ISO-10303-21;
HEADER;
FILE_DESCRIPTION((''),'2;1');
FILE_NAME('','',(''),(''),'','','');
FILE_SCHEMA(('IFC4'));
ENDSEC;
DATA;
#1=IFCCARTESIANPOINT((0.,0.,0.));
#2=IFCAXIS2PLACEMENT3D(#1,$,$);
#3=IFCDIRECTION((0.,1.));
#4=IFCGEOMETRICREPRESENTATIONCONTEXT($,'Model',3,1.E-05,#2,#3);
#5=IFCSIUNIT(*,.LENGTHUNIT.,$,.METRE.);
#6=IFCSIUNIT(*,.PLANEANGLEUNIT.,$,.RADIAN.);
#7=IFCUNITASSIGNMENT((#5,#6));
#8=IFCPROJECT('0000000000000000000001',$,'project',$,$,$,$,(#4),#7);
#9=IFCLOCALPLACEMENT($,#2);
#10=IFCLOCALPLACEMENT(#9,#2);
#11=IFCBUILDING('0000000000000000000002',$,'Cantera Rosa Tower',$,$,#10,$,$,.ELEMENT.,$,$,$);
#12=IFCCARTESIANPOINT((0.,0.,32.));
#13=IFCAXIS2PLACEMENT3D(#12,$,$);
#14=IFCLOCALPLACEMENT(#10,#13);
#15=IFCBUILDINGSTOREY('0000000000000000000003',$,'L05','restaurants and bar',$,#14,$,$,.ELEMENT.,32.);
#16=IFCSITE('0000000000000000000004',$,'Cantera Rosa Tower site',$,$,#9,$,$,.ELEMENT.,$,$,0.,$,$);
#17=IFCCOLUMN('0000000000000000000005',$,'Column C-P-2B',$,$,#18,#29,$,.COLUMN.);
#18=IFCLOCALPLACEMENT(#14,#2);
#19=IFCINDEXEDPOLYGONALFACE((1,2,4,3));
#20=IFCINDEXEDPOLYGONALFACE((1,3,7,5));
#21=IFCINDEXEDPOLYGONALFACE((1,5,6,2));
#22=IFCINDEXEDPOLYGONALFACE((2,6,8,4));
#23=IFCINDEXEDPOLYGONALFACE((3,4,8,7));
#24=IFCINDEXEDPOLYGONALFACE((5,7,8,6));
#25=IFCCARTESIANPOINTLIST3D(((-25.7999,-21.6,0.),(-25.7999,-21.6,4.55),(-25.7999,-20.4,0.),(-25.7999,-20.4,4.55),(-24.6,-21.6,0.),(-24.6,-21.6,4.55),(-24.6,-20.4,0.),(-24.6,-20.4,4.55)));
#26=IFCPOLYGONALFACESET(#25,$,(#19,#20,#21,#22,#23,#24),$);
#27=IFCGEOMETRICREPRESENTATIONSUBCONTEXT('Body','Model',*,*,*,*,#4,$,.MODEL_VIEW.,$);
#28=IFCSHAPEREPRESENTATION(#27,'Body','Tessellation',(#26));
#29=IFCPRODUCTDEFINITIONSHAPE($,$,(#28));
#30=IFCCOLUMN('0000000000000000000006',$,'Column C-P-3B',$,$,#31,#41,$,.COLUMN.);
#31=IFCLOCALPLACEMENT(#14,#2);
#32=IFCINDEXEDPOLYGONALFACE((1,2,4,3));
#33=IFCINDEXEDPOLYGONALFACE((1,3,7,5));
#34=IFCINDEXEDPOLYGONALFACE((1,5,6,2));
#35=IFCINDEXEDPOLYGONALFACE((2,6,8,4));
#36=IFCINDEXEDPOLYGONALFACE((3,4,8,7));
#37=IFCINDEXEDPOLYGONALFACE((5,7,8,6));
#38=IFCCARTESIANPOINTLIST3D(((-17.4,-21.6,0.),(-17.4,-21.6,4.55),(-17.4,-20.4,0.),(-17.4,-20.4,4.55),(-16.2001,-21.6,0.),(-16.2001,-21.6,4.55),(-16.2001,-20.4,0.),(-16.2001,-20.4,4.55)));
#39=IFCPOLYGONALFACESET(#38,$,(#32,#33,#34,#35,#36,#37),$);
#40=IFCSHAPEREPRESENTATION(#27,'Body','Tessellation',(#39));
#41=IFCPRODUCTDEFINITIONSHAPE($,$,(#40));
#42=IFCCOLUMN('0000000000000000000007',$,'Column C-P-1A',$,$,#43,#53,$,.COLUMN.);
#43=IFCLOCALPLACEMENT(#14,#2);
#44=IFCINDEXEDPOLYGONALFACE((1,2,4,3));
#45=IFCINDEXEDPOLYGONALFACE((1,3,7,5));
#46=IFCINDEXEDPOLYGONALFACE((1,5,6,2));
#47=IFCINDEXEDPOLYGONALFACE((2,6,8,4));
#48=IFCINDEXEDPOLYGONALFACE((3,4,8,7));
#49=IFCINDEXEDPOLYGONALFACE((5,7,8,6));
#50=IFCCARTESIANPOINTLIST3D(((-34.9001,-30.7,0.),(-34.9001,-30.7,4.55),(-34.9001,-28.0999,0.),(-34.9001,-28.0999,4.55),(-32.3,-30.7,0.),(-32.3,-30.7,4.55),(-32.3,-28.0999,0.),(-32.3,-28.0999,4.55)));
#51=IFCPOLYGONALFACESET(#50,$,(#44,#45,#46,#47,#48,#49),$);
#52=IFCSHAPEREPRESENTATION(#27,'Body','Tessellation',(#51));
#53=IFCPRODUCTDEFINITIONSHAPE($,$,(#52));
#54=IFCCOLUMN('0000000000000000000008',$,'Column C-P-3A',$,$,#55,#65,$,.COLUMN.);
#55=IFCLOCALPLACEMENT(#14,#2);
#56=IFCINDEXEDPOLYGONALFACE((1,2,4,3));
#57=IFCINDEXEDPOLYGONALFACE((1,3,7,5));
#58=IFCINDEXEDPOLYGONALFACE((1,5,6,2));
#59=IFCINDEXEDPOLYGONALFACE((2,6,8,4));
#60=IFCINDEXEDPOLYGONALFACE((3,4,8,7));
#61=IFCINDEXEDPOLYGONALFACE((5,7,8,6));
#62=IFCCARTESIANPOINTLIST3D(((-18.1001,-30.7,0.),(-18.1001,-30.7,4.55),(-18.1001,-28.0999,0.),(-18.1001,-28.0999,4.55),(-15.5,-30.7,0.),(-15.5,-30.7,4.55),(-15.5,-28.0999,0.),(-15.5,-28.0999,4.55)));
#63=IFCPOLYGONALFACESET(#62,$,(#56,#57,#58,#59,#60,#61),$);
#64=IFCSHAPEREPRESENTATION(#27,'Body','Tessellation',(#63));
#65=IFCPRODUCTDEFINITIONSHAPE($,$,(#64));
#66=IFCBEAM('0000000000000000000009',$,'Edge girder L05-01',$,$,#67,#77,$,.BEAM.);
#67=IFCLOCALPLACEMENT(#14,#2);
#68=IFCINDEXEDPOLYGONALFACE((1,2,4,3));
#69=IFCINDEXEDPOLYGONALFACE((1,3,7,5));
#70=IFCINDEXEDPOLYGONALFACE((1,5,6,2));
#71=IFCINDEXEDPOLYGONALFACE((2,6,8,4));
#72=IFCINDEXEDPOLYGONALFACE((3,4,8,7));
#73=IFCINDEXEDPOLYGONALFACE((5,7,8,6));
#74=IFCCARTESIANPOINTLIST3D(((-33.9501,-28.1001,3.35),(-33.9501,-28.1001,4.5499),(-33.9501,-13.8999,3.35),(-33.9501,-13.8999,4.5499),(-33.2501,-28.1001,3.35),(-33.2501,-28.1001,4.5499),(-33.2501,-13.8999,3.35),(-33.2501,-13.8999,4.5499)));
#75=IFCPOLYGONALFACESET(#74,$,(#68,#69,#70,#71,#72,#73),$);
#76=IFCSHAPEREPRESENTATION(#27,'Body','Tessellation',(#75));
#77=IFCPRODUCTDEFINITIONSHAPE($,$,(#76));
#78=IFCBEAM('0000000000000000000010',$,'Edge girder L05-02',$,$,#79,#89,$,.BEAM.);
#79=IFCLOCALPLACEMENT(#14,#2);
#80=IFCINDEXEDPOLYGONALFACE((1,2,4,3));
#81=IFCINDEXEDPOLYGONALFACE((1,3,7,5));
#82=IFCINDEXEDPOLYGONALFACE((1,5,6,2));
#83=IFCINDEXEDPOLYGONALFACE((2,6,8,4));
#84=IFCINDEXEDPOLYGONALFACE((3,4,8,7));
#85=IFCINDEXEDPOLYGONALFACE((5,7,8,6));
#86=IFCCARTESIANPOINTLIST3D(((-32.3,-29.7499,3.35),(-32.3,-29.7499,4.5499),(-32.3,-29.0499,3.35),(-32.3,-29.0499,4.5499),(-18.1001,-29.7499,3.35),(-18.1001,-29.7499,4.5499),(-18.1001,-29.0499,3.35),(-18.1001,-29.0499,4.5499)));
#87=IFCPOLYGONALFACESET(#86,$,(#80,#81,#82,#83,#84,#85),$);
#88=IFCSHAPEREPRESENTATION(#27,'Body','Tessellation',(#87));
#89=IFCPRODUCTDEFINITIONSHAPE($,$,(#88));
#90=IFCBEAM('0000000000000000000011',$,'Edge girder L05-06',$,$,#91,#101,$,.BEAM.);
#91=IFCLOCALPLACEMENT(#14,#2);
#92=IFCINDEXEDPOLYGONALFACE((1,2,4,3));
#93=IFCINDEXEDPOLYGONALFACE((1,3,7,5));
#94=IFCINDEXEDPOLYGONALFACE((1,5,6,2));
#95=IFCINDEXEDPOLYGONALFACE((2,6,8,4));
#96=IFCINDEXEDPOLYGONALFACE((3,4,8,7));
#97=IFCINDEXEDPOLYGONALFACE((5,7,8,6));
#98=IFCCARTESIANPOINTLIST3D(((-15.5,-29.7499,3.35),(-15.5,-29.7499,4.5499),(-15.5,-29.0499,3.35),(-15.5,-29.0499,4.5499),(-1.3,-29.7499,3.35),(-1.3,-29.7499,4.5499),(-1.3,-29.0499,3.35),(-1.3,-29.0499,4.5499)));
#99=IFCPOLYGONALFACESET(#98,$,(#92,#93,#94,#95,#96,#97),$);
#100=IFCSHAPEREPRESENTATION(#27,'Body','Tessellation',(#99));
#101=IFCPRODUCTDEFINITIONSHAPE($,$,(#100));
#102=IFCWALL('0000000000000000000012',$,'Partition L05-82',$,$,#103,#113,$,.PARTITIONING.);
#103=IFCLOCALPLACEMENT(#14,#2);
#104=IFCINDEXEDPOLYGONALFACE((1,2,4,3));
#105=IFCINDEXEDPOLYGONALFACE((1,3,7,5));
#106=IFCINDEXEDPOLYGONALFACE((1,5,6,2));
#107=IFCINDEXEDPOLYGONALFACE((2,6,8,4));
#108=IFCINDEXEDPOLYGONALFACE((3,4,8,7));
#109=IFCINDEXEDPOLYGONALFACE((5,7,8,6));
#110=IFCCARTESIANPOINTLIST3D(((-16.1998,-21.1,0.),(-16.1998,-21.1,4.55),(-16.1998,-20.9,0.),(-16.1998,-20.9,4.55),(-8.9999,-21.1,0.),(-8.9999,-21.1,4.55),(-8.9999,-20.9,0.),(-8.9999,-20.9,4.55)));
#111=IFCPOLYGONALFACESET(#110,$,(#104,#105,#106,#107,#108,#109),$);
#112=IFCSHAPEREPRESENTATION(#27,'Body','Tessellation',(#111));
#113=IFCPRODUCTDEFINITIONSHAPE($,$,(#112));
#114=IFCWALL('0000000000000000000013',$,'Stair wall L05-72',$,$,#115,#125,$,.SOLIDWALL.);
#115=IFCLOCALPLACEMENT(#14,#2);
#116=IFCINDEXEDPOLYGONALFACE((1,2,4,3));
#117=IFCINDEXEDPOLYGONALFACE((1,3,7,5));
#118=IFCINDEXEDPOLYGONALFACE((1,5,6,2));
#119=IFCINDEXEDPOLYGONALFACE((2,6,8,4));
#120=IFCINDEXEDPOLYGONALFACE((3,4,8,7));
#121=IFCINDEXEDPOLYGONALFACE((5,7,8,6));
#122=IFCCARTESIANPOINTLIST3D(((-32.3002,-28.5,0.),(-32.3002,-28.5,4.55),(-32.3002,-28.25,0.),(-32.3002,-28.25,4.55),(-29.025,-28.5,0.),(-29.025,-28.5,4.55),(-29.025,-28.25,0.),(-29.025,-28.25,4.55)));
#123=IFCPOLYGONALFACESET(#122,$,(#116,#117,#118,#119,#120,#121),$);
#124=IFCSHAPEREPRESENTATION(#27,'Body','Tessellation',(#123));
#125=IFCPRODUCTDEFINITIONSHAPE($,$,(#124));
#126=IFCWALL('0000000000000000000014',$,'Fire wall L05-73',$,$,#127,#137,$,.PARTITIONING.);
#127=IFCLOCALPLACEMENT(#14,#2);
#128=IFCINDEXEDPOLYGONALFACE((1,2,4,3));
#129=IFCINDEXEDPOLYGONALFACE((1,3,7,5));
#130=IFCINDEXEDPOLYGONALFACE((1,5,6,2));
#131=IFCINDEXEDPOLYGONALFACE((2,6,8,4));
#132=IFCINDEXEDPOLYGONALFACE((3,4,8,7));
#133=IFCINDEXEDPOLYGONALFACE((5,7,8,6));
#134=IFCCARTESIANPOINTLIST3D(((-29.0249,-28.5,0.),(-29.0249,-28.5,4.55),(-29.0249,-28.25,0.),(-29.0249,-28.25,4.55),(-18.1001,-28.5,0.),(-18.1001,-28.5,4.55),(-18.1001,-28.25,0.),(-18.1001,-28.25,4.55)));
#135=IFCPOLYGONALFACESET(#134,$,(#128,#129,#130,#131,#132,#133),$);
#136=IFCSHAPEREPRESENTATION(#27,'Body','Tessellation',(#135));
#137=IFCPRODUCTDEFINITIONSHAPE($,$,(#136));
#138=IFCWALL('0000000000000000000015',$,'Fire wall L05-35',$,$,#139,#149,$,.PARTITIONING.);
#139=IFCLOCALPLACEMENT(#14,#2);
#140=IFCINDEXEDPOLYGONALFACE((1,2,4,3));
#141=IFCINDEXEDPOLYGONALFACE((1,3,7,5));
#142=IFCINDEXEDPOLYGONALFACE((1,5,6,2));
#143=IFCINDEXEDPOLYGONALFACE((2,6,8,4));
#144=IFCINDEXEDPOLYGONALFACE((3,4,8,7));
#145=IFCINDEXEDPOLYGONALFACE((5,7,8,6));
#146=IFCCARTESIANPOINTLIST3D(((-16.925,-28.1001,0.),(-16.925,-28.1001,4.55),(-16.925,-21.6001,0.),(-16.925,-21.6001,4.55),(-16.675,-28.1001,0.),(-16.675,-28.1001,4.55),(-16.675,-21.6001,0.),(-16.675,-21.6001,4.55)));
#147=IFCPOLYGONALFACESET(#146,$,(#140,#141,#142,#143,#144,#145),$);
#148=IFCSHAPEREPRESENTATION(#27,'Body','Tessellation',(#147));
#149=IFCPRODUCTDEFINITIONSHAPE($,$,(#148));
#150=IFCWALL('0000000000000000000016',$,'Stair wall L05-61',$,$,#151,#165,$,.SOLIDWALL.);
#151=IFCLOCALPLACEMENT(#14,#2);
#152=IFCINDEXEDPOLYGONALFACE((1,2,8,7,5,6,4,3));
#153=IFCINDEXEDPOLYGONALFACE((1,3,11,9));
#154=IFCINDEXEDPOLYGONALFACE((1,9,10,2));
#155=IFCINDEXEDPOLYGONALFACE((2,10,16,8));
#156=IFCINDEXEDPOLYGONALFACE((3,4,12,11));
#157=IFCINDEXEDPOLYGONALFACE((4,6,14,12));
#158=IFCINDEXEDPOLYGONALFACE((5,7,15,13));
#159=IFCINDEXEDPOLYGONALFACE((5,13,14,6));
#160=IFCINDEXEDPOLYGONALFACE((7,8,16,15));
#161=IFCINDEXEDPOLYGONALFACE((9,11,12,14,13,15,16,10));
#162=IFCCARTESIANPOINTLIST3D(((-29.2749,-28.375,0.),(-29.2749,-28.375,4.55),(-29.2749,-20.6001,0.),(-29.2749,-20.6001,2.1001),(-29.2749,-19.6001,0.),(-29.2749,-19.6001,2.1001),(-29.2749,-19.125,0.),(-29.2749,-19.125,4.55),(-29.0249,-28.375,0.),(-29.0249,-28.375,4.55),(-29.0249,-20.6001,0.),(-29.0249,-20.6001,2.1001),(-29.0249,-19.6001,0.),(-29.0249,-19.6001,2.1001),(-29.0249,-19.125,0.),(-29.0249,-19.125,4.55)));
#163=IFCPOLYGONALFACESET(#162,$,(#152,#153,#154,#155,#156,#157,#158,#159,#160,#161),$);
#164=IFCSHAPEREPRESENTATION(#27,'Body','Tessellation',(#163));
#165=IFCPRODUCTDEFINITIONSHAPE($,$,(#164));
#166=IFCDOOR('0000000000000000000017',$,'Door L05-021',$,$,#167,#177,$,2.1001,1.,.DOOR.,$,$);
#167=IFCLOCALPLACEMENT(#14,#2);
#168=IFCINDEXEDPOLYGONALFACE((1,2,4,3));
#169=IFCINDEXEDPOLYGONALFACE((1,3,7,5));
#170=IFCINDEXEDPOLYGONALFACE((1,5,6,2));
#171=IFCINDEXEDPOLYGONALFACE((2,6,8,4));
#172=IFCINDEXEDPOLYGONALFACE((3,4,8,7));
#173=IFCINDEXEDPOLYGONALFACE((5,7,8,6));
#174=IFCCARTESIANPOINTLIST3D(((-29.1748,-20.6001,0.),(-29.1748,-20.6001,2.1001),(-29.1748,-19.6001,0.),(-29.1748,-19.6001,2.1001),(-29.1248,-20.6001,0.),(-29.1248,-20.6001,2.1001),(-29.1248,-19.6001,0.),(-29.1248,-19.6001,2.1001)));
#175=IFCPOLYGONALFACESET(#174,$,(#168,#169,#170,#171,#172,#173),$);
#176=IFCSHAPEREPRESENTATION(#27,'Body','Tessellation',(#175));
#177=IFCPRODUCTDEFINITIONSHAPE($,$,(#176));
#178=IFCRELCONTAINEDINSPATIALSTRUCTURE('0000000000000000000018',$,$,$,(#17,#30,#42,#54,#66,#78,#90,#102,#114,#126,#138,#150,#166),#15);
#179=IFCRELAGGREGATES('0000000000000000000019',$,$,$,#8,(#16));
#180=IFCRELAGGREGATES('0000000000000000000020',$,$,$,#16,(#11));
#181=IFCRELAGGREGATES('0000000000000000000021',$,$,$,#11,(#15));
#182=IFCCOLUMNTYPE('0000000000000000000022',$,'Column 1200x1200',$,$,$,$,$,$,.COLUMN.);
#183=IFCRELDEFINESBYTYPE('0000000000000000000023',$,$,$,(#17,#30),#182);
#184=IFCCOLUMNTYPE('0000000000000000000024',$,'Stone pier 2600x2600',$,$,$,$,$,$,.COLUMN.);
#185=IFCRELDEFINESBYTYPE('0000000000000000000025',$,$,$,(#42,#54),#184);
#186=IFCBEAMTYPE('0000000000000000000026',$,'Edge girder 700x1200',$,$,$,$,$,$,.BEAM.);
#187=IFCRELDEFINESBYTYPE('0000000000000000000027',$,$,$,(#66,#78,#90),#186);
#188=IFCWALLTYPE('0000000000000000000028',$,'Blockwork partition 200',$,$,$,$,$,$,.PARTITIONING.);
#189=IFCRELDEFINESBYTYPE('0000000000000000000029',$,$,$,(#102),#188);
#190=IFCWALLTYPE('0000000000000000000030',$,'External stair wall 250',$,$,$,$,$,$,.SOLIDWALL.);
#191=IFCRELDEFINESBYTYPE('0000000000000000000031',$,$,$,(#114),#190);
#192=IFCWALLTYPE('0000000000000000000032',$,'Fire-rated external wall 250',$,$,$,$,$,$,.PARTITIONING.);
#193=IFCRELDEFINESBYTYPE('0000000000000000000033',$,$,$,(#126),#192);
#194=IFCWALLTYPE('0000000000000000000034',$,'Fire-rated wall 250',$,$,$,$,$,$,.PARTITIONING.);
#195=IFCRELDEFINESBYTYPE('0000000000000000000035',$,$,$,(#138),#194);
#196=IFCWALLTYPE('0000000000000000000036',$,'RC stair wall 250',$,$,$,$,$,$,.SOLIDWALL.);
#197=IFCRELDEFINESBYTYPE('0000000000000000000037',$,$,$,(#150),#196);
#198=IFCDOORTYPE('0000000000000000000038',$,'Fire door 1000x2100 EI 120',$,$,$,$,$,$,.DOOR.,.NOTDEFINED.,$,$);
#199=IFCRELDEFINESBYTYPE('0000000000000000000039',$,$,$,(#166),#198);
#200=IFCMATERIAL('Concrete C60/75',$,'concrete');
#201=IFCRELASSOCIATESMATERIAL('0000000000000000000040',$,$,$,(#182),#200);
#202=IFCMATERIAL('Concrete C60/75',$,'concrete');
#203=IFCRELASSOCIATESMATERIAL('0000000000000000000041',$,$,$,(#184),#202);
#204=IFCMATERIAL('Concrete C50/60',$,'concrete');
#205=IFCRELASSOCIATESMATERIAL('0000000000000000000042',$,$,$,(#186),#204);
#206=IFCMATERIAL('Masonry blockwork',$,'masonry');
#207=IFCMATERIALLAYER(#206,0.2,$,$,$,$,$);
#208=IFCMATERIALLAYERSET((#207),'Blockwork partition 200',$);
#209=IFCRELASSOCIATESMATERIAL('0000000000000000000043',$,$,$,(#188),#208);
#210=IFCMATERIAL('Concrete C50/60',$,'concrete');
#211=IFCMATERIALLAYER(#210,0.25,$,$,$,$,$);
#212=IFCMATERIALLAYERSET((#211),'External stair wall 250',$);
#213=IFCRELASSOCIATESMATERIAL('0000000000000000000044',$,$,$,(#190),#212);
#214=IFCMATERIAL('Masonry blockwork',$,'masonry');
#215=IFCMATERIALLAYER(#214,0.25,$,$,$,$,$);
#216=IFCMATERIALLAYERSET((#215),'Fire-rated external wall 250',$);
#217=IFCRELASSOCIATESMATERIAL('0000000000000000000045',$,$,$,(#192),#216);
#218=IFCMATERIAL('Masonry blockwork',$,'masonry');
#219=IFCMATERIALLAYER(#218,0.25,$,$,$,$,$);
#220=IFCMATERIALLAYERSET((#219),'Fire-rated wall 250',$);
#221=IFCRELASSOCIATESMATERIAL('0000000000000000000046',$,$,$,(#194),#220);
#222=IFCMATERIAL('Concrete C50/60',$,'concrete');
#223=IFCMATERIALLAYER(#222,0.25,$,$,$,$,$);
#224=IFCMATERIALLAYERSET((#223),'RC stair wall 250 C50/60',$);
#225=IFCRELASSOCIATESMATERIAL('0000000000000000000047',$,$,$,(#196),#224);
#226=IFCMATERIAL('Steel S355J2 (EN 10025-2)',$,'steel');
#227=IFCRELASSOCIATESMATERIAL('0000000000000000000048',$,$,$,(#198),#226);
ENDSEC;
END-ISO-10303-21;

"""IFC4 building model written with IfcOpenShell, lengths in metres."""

from ifc_helpers import new_model, si_unit, direction, frame, frame_2d, origin, origin_2d, place, context, subcontext, project, spatial, rectangle, extrude, material, layer, layer_set, material_profile, profile_set, type_object, element, fill, save


model = new_model("IFC4")

# Units and contexts
model_context = context("Model", 3, precision=1e-05, world=origin(), true_north=direction((0.0, 1.0)))
body_context = subcontext(model_context, "Body", "Model", "MODEL_VIEW")
ifc_project = project(units=[si_unit("LENGTHUNIT", "METRE"), si_unit("PLANEANGLEUNIT", "RADIAN")], contexts=[model_context])

# Site, building, storey
site_placement = place(None, origin())
site = spatial("IfcSite", under=ifc_project, at=site_placement, Name="Cantera Rosa Tower site", CompositionType="ELEMENT", RefElevation=0.0)
building_placement = place(site_placement, origin())
building = spatial("IfcBuilding", under=site, at=building_placement, Name="Cantera Rosa Tower", CompositionType="ELEMENT")
storey_placement = place(building_placement, frame((0.0, 0.0, 32.0)))
storey = spatial("IfcBuildingStorey", under=building, at=storey_placement, Name="L05", Description="restaurants and bar", CompositionType="ELEMENT", Elevation=32.0)

# Columns
ifc_material_1 = material(Name="Concrete C60/75", Category="concrete")
ifc_material_profile_1 = material_profile(ifc_material_1, rectangle(XDim=1.2, YDim=1.2, at=origin_2d()), Name="Column 1200x1200")
ifc_profile_set_1 = profile_set([ifc_material_profile_1], Name="Concrete C60/75")
column_type_1 = type_object("IfcColumnType", Name="Column 1200x1200", PredefinedType="COLUMN", material=ifc_profile_set_1)
for number, where, z_axis, x_axis, name in (
    (1, (-25.2, -21.0, 0.0), (0.0, 0.0, 1.0), (1.0, 0.0, 0.0), "Column C-P-2B"),
    (2, (-16.8, -21.0, 0.0), (0.0, 0.0, 1.0), (1.0, 0.0, 0.0), "Column C-P-3B"),
):
    element("IfcColumn", number, at=place(storey_placement, frame(where, z_axis=z_axis, x_axis=x_axis)), inside=storey, type_object=column_type_1, Name=name, PredefinedType="COLUMN", context=body_context, shape_type="SweptSolid", body=[
        extrude(rectangle(XDim=1.2, YDim=1.2, at=origin_2d()), origin(), (0.0, 0.0, 1.0), 4.55),
    ])
ifc_material_2 = material(Name="Concrete C60/75", Category="concrete")
ifc_material_profile_2 = material_profile(ifc_material_2, rectangle(XDim=2.6001, YDim=2.6001, at=origin_2d()), Name="Stone pier 2600x2600")
ifc_profile_set_2 = profile_set([ifc_material_profile_2], Name="Concrete C60/75")
column_type_2 = type_object("IfcColumnType", Name="Stone pier 2600x2600", PredefinedType="COLUMN", material=ifc_profile_set_2)
for number, where, z_axis, x_axis, name in (
    (3, (-33.6001, -29.3999, 0.0), (0.0, 0.0, 1.0), (1.0, 0.0, 0.0), "Column C-P-1A"),
    (4, (-16.8, -29.3999, 0.0), (0.0, 0.0, 1.0), (1.0, 0.0, 0.0), "Column C-P-3A"),
):
    element("IfcColumn", number, at=place(storey_placement, frame(where, z_axis=z_axis, x_axis=x_axis)), inside=storey, type_object=column_type_2, Name=name, PredefinedType="COLUMN", context=body_context, shape_type="SweptSolid", body=[
        extrude(rectangle(XDim=2.6001, YDim=2.6001, at=origin_2d()), origin(), (0.0, 0.0, 1.0), 4.55),
    ])

# Beams
ifc_material_3 = material(Name="Concrete C50/60", Category="concrete")
ifc_material_profile_3 = material_profile(ifc_material_3, rectangle(XDim=0.7, YDim=1.2, at=origin_2d()), Name="Edge girder 700x1200")
ifc_profile_set_3 = profile_set([ifc_material_profile_3], Name="Concrete C50/60")
beam_type = type_object("IfcBeamType", Name="Edge girder 700x1200", PredefinedType="BEAM", material=ifc_profile_set_3)
beam_placement = place(storey_placement, frame((-33.6001, -28.1001, 3.95), z_axis=(0.0, 1.0, 0.0), x_axis=(-1.0, 0.0, 0.0)))
element("IfcBeam", 5, at=beam_placement, inside=storey, type_object=beam_type, Name="Edge girder L05-01", PredefinedType="BEAM", context=body_context, shape_type="SweptSolid", body=[
    extrude(rectangle(XDim=0.7, YDim=1.2, at=origin_2d()), origin(), (0.0, 0.0, 1.0), 14.2002),
])
for number, where, z_axis, x_axis, name in (
    (6, (-32.3, -29.3999, 3.95), (1.0, 0.0, 0.0), (0.0, 1.0, 0.0), "Edge girder L05-02"),
    (7, (-15.5, -29.3999, 3.95), (1.0, 0.0, 0.0), (0.0, 1.0, 0.0), "Edge girder L05-06"),
):
    element("IfcBeam", number, at=place(storey_placement, frame(where, z_axis=z_axis, x_axis=x_axis)), inside=storey, type_object=beam_type, Name=name, PredefinedType="BEAM", context=body_context, shape_type="SweptSolid", body=[
        extrude(rectangle(XDim=0.7, YDim=1.2, at=origin_2d()), origin(), (0.0, 0.0, 1.0), 14.2),
    ])

# Walls
ifc_material_4 = material(Name="Masonry blockwork", Category="masonry")
ifc_layer_1 = layer(ifc_material_4, 0.2)
ifc_layer_set_1 = layer_set([ifc_layer_1], Name="Blockwork partition 200")
wall_type_1 = type_object("IfcWallType", Name="Blockwork partition 200", PredefinedType="PARTITIONING", material=ifc_layer_set_1)
wall_1_placement = place(storey_placement, frame((-16.2, -21.0, 0.0), z_axis=(0.0, 0.0, 1.0), x_axis=(1.0, 0.0, 0.0)))
element("IfcWall", 8, at=wall_1_placement, inside=storey, type_object=wall_type_1, Name="Partition L05-82", PredefinedType="PARTITIONING", context=body_context, shape_type="SweptSolid", body=[
    extrude(rectangle(XDim=7.2, YDim=0.2, at=frame_2d((3.6001, 0.0))), origin(), (0.0, 0.0, 1.0), 4.55),
])
ifc_material_5 = material(Name="Concrete C50/60", Category="concrete")
ifc_layer_2 = layer(ifc_material_5, 0.25)
ifc_layer_set_2 = layer_set([ifc_layer_2], Name="External stair wall 250")
wall_type_2 = type_object("IfcWallType", Name="External stair wall 250", PredefinedType="SOLIDWALL", material=ifc_layer_set_2)
wall_2_placement = place(storey_placement, frame((-29.0249, -28.375, 0.0), z_axis=(0.0, 0.0, 1.0), x_axis=(-1.0, 0.0, 0.0)))
element("IfcWall", 9, at=wall_2_placement, inside=storey, type_object=wall_type_2, Name="Stair wall L05-72", PredefinedType="SOLIDWALL", context=body_context, shape_type="SweptSolid", body=[
    extrude(rectangle(XDim=3.2751, YDim=0.25, at=frame_2d((1.6377, 0.0))), origin(), (0.0, 0.0, 1.0), 4.55),
])
ifc_material_6 = material(Name="Masonry blockwork", Category="masonry")
ifc_layer_3 = layer(ifc_material_6, 0.25)
ifc_layer_set_3 = layer_set([ifc_layer_3], Name="Fire-rated external wall 250")
wall_type_3 = type_object("IfcWallType", Name="Fire-rated external wall 250", PredefinedType="PARTITIONING", material=ifc_layer_set_3)
wall_3_placement = place(storey_placement, frame((-29.0249, -28.375, 0.0), z_axis=(0.0, 0.0, 1.0), x_axis=(1.0, 0.0, 0.0)))
element("IfcWall", 10, at=wall_3_placement, inside=storey, type_object=wall_type_3, Name="Fire wall L05-73", PredefinedType="PARTITIONING", context=body_context, shape_type="SweptSolid", body=[
    extrude(rectangle(XDim=10.9248, YDim=0.25, at=frame_2d((5.4624, 0.0))), origin(), (0.0, 0.0, 1.0), 4.55),
])
ifc_material_7 = material(Name="Masonry blockwork", Category="masonry")
ifc_layer_4 = layer(ifc_material_7, 0.25)
ifc_layer_set_4 = layer_set([ifc_layer_4], Name="Fire-rated wall 250")
wall_type_4 = type_object("IfcWallType", Name="Fire-rated wall 250", PredefinedType="PARTITIONING", material=ifc_layer_set_4)
wall_4_placement = place(storey_placement, frame((-16.8, -28.1001, 0.0), z_axis=(0.0, 0.0, 1.0), x_axis=(0.0, 1.0, 0.0)))
element("IfcWall", 11, at=wall_4_placement, inside=storey, type_object=wall_type_4, Name="Fire wall L05-35", PredefinedType="PARTITIONING", context=body_context, shape_type="SweptSolid", body=[
    extrude(rectangle(XDim=6.5, YDim=0.25, at=frame_2d((3.25, 0.0))), origin(), (0.0, 0.0, 1.0), 4.55),
])

# Wall, opening, door
ifc_material_8 = material(Name="Concrete C50/60", Category="concrete")
ifc_layer_5 = layer(ifc_material_8, 0.25)
ifc_layer_set_5 = layer_set([ifc_layer_5], Name="RC stair wall 250 C50/60")
wall_type_5 = type_object("IfcWallType", Name="RC stair wall 250", PredefinedType="SOLIDWALL", material=ifc_layer_set_5)
wall_5_placement = place(storey_placement, frame((-29.1499, -28.375, 0.0), z_axis=(0.0, 0.0, 1.0), x_axis=(0.0, 1.0, 0.0)))
wall_5 = element("IfcWall", 12, at=wall_5_placement, inside=storey, type_object=wall_type_5, Name="Stair wall L05-61", PredefinedType="SOLIDWALL", context=body_context, shape_type="SweptSolid", body=[
    extrude(rectangle(XDim=9.25, YDim=0.25, at=frame_2d((4.625, 0.0))), origin(), (0.0, 0.0, 1.0), 4.55),
])
opening_1_placement = place(wall_5_placement, frame((7.7749, 0.0, 0.0)))
opening_1 = element("IfcOpeningElement", 13, at=opening_1_placement, cuts=wall_5, PredefinedType="OPENING", context=body_context, shape_type="SweptSolid", body=[
    extrude(rectangle(XDim=1.0, YDim=2.1001, at=frame_2d((0.5, 1.05))), frame((0.0, 0.135, 0.0), z_axis=(0.0, -1.0, 0.0), x_axis=(1.0, 0.0, 0.0)), (0.0, 0.0, 1.0), 0.27),
])
ifc_material_9 = material(Name="Steel S355J2 (EN 10025-2)", Category="steel")
door_type = type_object("IfcDoorType", Name="Fire door 1000x2100 EI 120", OperationType="NOTDEFINED", PredefinedType="DOOR", material=ifc_material_9)
door_placement = place(opening_1_placement, origin())
door = element("IfcDoor", 14, at=door_placement, inside=storey, type_object=door_type, Name="Door L05-021", OverallHeight=2.1001, OverallWidth=1.0, PredefinedType="DOOR", context=body_context, shape_type="SweptSolid", body=[
    extrude(rectangle(XDim=1.0, YDim=2.1001, at=frame_2d((0.5, 1.05))), frame((0.0, 0.0249, 0.0), z_axis=(0.0, -1.0, 0.0), x_axis=(1.0, 0.0, 0.0)), (0.0, 0.0, 1.0), 0.05),
])
fill(opening_1, door)

save(model, "model.ifc")
